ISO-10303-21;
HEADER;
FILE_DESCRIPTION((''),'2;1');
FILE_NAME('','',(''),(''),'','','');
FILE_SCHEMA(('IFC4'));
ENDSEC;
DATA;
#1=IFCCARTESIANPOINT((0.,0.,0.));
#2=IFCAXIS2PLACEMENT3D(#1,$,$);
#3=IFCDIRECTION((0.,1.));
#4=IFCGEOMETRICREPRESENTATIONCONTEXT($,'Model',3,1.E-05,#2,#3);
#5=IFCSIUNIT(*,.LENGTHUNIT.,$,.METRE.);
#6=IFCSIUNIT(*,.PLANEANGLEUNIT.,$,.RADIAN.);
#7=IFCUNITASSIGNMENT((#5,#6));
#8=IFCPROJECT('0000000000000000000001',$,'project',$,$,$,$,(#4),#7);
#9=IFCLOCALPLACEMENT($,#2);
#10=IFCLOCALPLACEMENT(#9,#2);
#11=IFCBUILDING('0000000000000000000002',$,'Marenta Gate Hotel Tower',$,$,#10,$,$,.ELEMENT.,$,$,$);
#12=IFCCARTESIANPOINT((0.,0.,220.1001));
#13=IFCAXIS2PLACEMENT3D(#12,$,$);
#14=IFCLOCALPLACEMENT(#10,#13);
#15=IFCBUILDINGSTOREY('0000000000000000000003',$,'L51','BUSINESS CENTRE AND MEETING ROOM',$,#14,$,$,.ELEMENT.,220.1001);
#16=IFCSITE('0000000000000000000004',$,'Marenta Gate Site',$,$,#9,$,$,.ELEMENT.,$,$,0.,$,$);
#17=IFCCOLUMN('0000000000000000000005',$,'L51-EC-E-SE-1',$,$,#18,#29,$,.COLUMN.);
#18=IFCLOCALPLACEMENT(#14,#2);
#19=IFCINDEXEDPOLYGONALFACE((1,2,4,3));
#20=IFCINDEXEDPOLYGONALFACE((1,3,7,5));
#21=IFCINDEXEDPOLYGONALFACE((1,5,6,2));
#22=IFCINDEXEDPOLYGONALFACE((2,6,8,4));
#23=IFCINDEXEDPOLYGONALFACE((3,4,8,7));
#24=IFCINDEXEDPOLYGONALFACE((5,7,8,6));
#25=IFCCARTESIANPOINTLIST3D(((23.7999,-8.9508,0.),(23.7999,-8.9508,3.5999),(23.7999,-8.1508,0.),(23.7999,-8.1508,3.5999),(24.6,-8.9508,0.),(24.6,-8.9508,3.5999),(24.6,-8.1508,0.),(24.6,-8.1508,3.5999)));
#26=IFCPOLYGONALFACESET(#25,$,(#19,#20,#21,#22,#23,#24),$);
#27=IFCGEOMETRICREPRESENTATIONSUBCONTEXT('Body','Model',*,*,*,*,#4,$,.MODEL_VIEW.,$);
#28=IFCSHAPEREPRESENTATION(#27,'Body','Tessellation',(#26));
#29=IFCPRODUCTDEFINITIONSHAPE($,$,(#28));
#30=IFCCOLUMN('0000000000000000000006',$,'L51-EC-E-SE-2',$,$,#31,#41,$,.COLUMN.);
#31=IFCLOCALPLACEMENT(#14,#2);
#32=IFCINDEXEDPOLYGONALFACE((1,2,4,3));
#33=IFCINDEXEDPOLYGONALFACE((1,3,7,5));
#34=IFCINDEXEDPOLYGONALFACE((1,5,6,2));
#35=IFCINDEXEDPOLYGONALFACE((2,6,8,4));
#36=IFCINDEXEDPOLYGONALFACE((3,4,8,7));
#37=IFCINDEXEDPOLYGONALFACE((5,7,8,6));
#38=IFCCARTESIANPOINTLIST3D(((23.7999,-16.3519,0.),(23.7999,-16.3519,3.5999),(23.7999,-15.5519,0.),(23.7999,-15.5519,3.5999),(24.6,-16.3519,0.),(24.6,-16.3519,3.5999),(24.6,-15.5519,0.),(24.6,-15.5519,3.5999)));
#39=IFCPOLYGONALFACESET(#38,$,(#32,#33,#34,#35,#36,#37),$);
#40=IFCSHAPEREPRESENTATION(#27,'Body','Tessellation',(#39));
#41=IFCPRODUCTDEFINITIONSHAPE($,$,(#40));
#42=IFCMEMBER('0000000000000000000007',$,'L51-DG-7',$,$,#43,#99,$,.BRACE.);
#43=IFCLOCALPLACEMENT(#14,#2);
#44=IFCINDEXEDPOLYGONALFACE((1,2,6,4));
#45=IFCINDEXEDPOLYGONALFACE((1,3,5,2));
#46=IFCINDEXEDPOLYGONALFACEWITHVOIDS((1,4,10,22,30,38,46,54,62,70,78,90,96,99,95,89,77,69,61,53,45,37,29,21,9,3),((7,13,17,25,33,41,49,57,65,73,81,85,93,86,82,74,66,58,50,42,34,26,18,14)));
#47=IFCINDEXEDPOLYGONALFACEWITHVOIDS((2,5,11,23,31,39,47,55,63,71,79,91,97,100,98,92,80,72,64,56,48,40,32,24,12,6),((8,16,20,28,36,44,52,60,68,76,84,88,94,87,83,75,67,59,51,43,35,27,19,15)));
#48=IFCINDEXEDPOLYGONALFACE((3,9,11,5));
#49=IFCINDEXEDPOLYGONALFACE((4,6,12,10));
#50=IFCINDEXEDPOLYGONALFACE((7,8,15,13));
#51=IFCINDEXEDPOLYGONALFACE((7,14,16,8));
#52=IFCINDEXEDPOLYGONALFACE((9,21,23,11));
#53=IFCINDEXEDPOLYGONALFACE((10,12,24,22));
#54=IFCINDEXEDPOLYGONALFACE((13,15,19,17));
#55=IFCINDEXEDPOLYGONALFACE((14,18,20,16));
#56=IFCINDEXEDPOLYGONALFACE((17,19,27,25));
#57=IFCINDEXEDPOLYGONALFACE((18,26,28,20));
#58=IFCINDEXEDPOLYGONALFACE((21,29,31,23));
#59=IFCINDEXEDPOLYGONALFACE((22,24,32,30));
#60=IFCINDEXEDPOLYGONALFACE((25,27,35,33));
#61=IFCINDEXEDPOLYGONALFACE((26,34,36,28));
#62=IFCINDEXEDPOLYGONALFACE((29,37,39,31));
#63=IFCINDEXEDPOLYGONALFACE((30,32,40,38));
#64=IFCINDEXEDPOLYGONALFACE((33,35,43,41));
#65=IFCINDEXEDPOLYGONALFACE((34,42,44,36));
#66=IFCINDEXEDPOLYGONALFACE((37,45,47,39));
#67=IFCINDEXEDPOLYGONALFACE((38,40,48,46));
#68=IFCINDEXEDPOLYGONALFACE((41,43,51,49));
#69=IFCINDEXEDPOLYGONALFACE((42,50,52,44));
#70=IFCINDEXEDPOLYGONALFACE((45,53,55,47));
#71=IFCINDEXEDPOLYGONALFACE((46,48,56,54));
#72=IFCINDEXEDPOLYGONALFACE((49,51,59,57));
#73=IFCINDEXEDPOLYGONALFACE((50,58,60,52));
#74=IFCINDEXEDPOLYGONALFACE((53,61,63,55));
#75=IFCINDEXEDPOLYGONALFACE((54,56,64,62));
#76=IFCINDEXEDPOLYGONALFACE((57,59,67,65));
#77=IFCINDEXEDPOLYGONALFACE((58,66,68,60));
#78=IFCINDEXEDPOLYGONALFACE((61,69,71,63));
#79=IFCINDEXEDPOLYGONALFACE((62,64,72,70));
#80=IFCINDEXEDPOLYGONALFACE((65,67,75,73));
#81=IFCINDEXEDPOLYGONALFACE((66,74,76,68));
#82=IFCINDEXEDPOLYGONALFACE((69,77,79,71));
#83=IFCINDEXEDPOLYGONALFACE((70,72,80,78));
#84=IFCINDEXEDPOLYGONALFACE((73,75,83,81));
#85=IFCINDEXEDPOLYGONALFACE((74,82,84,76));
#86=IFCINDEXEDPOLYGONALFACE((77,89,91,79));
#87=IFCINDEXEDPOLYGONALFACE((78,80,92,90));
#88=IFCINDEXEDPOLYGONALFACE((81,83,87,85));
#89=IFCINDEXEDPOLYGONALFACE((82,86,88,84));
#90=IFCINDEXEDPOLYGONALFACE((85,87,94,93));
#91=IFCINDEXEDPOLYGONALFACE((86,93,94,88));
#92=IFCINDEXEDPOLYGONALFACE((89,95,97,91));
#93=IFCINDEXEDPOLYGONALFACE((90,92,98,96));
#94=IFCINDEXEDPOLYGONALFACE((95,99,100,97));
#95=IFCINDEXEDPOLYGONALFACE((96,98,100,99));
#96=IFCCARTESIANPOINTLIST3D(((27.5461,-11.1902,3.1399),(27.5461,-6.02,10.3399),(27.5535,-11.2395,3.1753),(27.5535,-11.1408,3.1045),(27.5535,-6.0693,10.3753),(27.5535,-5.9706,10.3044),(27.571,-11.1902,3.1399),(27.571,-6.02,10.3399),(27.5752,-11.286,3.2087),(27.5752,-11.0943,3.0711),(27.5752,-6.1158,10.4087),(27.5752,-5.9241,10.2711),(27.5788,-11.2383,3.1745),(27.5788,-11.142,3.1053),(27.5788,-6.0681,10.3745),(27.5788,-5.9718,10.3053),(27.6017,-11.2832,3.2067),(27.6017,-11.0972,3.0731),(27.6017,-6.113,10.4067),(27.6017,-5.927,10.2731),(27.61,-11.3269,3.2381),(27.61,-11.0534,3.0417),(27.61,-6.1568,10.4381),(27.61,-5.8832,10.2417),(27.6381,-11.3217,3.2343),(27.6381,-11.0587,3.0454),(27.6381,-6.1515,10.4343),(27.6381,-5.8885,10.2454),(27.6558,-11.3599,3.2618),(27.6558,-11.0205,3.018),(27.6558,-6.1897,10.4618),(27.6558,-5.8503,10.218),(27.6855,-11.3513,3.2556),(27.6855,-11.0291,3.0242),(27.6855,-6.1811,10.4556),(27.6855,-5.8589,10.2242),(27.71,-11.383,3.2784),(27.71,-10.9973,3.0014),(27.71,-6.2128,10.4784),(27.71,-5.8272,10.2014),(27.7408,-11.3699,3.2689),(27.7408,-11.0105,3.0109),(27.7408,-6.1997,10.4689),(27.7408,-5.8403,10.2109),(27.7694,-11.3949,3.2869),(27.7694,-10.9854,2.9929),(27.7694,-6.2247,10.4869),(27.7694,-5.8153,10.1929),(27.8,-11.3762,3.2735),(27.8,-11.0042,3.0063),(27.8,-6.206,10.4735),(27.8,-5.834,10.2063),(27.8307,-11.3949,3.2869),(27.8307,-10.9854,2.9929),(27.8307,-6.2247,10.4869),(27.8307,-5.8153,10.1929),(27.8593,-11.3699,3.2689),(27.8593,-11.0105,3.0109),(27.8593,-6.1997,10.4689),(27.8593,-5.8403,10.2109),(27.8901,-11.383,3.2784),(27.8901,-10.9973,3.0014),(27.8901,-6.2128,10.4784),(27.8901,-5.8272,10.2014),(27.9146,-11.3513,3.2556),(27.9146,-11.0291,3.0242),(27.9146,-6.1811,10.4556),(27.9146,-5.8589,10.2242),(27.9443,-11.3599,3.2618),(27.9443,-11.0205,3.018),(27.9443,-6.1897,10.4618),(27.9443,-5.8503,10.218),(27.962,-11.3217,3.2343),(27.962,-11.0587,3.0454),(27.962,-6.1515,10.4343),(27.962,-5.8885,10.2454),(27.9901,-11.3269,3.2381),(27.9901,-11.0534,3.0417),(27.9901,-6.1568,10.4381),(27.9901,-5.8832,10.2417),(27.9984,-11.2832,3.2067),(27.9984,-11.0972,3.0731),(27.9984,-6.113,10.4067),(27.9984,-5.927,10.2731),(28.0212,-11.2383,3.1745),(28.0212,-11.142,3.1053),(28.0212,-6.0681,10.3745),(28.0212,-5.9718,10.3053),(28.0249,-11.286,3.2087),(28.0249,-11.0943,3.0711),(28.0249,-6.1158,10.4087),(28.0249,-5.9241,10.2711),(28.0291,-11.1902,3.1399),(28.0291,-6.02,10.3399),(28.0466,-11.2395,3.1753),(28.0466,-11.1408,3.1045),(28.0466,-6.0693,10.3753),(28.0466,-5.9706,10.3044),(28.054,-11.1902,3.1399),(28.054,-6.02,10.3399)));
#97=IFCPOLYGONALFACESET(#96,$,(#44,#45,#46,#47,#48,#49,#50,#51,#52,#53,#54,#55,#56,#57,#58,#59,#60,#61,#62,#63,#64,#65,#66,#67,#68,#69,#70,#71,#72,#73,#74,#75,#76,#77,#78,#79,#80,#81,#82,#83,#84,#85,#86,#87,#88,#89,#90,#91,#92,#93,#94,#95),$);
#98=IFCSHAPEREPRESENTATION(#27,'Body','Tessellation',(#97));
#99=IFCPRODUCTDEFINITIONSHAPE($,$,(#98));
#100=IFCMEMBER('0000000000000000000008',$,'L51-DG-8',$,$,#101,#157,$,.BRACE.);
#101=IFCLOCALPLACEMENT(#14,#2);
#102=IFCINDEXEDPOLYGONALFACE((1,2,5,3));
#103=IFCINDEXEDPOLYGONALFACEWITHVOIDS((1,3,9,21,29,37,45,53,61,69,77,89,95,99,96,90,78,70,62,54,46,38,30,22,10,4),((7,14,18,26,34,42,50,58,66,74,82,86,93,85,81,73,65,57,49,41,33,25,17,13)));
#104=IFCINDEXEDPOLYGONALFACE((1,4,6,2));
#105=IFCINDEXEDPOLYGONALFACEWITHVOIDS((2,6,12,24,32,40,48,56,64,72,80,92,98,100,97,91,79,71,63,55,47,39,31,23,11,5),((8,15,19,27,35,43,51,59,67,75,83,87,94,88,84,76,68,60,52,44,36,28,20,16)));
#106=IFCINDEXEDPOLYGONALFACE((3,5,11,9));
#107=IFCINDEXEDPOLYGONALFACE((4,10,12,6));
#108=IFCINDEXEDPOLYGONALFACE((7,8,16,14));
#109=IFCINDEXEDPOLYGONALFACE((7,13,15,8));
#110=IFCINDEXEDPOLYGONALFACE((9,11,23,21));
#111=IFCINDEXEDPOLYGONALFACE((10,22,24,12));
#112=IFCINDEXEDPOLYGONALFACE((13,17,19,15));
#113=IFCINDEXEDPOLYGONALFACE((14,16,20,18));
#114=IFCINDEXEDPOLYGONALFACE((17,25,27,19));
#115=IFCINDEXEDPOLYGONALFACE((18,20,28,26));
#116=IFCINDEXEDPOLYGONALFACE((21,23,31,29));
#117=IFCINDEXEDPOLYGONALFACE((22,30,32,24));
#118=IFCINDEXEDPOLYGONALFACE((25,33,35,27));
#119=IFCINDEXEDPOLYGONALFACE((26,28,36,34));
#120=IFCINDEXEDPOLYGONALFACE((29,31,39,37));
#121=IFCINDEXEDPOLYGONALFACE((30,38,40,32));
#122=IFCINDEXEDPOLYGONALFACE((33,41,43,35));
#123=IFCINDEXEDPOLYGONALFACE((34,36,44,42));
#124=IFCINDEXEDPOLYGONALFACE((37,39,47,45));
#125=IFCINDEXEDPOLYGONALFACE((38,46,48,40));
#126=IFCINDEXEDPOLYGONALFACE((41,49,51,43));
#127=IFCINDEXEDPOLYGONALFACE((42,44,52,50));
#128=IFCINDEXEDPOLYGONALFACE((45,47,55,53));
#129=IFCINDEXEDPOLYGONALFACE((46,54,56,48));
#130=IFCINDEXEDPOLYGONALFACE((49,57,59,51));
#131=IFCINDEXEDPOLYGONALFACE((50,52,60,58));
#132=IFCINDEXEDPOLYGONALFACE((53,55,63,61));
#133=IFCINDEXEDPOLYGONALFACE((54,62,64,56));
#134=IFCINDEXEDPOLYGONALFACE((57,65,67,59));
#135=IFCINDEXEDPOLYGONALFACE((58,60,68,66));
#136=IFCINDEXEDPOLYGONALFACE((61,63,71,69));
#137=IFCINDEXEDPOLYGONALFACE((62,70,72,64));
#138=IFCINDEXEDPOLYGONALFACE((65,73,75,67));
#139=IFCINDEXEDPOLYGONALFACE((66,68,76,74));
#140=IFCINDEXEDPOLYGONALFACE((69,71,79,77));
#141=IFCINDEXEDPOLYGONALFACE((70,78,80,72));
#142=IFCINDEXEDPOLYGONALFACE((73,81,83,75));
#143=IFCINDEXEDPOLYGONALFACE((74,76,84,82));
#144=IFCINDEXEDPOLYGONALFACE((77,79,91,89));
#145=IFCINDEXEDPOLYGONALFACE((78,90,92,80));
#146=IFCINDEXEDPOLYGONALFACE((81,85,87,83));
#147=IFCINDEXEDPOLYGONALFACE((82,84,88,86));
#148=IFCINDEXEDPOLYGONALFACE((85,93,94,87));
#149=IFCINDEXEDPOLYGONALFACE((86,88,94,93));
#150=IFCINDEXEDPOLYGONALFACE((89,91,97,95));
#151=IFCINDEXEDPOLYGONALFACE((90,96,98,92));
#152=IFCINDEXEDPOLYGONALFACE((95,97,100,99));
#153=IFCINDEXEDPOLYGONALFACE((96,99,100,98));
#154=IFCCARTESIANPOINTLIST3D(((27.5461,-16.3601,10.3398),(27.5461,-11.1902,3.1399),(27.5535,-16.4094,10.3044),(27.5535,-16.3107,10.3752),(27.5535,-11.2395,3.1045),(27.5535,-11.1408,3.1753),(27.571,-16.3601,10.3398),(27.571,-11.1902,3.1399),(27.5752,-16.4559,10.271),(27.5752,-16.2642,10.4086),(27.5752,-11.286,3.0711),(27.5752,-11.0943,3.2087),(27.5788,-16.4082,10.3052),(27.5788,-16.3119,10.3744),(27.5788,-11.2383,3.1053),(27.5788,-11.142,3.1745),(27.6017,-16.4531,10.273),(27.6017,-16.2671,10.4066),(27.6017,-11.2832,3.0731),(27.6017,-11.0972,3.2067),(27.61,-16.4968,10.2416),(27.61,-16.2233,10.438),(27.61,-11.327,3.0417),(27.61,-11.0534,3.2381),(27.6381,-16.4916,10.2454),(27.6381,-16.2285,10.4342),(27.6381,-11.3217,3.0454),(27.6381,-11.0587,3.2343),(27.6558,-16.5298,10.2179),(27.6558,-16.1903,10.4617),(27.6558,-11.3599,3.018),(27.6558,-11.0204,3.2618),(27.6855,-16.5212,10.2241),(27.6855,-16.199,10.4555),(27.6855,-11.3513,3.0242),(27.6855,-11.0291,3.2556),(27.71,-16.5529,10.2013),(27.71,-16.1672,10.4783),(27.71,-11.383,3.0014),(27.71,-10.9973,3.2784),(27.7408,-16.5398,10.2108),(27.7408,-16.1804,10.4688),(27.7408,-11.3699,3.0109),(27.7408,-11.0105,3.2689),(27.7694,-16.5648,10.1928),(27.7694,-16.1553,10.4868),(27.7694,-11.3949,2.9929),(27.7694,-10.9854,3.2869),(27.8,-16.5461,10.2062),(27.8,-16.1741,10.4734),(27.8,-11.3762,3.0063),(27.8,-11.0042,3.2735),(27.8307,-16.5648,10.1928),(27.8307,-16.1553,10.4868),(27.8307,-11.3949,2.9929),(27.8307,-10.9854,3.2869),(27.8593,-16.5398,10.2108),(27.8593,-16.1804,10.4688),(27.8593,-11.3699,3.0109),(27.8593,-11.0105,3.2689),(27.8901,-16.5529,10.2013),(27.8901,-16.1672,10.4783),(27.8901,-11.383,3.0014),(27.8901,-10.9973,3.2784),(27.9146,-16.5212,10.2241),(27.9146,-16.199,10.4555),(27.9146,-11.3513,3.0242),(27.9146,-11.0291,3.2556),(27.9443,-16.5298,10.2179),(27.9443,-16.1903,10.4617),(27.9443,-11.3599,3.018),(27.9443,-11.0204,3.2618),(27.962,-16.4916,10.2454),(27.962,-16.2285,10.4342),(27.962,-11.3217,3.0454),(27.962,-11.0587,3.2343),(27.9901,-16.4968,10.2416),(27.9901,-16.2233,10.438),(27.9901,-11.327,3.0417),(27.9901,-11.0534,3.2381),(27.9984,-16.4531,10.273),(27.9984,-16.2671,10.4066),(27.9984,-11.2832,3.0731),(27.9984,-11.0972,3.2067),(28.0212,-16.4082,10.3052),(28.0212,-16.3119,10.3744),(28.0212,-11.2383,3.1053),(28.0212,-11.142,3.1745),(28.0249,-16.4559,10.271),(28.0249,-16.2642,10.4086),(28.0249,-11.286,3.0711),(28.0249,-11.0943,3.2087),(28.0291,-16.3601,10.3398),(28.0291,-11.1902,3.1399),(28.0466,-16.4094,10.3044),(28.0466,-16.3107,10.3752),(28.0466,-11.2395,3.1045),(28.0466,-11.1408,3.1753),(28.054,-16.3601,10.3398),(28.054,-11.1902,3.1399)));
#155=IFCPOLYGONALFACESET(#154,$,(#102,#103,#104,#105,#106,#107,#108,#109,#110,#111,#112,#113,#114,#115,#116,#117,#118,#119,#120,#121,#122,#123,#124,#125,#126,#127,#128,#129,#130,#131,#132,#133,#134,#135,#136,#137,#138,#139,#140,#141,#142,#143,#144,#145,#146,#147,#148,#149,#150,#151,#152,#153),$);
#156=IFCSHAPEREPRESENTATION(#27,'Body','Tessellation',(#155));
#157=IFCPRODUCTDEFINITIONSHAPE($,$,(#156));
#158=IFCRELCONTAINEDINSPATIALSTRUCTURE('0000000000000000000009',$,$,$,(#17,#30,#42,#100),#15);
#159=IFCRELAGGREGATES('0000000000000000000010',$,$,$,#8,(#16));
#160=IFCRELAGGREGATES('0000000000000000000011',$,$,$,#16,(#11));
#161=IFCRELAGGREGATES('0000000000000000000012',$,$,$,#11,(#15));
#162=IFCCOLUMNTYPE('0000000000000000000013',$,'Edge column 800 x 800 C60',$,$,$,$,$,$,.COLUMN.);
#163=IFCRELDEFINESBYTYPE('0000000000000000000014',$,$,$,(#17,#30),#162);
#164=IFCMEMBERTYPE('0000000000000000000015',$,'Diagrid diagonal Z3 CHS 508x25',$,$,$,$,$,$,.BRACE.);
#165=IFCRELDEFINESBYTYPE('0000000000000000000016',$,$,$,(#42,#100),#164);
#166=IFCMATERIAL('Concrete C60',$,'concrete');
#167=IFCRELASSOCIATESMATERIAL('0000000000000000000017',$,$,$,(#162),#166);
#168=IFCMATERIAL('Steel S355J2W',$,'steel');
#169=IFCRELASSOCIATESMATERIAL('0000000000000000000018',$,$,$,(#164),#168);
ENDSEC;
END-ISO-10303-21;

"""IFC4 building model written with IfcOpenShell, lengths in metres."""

from ifc_helpers import new_model, si_unit, direction, frame, origin, origin_2d, place, context, subcontext, project, spatial, rectangle, hollow_circle, extrude, material, material_profile, profile_set, type_object, element, save


model = new_model("IFC4")

# Units and contexts
model_context = context("Model", 3, precision=1e-05, world=origin(), true_north=direction((0.0, 1.0)))
body_context = subcontext(model_context, "Body", "Model", "MODEL_VIEW")
ifc_project = project(units=[si_unit("LENGTHUNIT", "METRE"), si_unit("PLANEANGLEUNIT", "RADIAN")], contexts=[model_context])

# Site, building, storey
site_placement = place(None, origin())
site = spatial("IfcSite", under=ifc_project, at=site_placement, Name="Marenta Gate Site", CompositionType="ELEMENT", RefElevation=0.0)
building_placement = place(site_placement, origin())
building = spatial("IfcBuilding", under=site, at=building_placement, Name="Marenta Gate Hotel Tower", CompositionType="ELEMENT")
storey_placement = place(building_placement, frame((0.0, 0.0, 220.1001)))
storey = spatial("IfcBuildingStorey", under=building, at=storey_placement, Name="L51", Description="BUSINESS CENTRE AND MEETING ROOM", CompositionType="ELEMENT", Elevation=220.1001)

# Columns
ifc_material_1 = material(Name="Concrete C60", Category="concrete")
ifc_material_profile_1 = material_profile(ifc_material_1, rectangle(XDim=0.8, YDim=0.8, at=origin_2d()), Name="800 x 800")
ifc_profile_set_1 = profile_set([ifc_material_profile_1], Name="Concrete C60")
column_type = type_object("IfcColumnType", Name="Edge column 800 x 800 C60", PredefinedType="COLUMN", material=ifc_profile_set_1)
for number, where, z_axis, x_axis, name in (
    (1, (24.2, -8.5508, 0.0), (0.0, 0.0, 1.0), (1.0, 0.0, 0.0), "L51-EC-E-SE-1"),
    (2, (24.2, -15.9519, 0.0), (0.0, 0.0, 1.0), (1.0, 0.0, 0.0), "L51-EC-E-SE-2"),
):
    element("IfcColumn", number, at=place(storey_placement, frame(where, z_axis=z_axis, x_axis=x_axis)), inside=storey, type_object=column_type, Name=name, PredefinedType="COLUMN", context=body_context, shape_type="SweptSolid", body=[
        extrude(rectangle(XDim=0.8, YDim=0.8, at=origin_2d()), origin(), (0.0, 0.0, 1.0), 3.5999),
    ])

# Members
ifc_material_2 = material(Name="Steel S355J2W", Category="steel")
ifc_material_profile_2 = material_profile(ifc_material_2, hollow_circle(Radius=0.2539, WallThickness=0.0249, at=origin_2d()), Name="CHS 508x25")
ifc_profile_set_2 = profile_set([ifc_material_profile_2], Name="Steel S355J2W")
member_type_1 = type_object("IfcMemberType", Name="Diagrid diagonal Z3 CHS 508x25", PredefinedType="BRACE", material=ifc_profile_set_2)
member_1_placement = place(storey_placement, frame((27.8, -11.1902, 3.1399), z_axis=(0.0, 0.583279, 0.812272), x_axis=(-1.0, 0.0, 0.0)))
element("IfcMember", 3, at=member_1_placement, inside=storey, type_object=member_type_1, Name="L51-DG-7", PredefinedType="BRACE", context=body_context, shape_type="SweptSolid", body=[
    extrude(hollow_circle(Radius=0.2539, WallThickness=0.0249, at=origin_2d()), origin(), (0.0, 0.0, 1.0), 8.864),
])
for number, where, z_axis, x_axis, name in (
    (4, (27.8, -11.1902, 3.1399), (0.0, -0.583261, 0.812285), (1.0, 0.0, 0.0), "L51-DG-8"),
):
    element("IfcMember", number, at=place(storey_placement, frame(where, z_axis=z_axis, x_axis=x_axis)), inside=storey, type_object=member_type_1, Name=name, PredefinedType="BRACE", context=body_context, shape_type="SweptSolid", body=[
        extrude(hollow_circle(Radius=0.2539, WallThickness=0.0249, at=origin_2d()), origin(), (0.0, 0.0, 1.0), 8.8638),
    ])

save(model, "model.ifc")
